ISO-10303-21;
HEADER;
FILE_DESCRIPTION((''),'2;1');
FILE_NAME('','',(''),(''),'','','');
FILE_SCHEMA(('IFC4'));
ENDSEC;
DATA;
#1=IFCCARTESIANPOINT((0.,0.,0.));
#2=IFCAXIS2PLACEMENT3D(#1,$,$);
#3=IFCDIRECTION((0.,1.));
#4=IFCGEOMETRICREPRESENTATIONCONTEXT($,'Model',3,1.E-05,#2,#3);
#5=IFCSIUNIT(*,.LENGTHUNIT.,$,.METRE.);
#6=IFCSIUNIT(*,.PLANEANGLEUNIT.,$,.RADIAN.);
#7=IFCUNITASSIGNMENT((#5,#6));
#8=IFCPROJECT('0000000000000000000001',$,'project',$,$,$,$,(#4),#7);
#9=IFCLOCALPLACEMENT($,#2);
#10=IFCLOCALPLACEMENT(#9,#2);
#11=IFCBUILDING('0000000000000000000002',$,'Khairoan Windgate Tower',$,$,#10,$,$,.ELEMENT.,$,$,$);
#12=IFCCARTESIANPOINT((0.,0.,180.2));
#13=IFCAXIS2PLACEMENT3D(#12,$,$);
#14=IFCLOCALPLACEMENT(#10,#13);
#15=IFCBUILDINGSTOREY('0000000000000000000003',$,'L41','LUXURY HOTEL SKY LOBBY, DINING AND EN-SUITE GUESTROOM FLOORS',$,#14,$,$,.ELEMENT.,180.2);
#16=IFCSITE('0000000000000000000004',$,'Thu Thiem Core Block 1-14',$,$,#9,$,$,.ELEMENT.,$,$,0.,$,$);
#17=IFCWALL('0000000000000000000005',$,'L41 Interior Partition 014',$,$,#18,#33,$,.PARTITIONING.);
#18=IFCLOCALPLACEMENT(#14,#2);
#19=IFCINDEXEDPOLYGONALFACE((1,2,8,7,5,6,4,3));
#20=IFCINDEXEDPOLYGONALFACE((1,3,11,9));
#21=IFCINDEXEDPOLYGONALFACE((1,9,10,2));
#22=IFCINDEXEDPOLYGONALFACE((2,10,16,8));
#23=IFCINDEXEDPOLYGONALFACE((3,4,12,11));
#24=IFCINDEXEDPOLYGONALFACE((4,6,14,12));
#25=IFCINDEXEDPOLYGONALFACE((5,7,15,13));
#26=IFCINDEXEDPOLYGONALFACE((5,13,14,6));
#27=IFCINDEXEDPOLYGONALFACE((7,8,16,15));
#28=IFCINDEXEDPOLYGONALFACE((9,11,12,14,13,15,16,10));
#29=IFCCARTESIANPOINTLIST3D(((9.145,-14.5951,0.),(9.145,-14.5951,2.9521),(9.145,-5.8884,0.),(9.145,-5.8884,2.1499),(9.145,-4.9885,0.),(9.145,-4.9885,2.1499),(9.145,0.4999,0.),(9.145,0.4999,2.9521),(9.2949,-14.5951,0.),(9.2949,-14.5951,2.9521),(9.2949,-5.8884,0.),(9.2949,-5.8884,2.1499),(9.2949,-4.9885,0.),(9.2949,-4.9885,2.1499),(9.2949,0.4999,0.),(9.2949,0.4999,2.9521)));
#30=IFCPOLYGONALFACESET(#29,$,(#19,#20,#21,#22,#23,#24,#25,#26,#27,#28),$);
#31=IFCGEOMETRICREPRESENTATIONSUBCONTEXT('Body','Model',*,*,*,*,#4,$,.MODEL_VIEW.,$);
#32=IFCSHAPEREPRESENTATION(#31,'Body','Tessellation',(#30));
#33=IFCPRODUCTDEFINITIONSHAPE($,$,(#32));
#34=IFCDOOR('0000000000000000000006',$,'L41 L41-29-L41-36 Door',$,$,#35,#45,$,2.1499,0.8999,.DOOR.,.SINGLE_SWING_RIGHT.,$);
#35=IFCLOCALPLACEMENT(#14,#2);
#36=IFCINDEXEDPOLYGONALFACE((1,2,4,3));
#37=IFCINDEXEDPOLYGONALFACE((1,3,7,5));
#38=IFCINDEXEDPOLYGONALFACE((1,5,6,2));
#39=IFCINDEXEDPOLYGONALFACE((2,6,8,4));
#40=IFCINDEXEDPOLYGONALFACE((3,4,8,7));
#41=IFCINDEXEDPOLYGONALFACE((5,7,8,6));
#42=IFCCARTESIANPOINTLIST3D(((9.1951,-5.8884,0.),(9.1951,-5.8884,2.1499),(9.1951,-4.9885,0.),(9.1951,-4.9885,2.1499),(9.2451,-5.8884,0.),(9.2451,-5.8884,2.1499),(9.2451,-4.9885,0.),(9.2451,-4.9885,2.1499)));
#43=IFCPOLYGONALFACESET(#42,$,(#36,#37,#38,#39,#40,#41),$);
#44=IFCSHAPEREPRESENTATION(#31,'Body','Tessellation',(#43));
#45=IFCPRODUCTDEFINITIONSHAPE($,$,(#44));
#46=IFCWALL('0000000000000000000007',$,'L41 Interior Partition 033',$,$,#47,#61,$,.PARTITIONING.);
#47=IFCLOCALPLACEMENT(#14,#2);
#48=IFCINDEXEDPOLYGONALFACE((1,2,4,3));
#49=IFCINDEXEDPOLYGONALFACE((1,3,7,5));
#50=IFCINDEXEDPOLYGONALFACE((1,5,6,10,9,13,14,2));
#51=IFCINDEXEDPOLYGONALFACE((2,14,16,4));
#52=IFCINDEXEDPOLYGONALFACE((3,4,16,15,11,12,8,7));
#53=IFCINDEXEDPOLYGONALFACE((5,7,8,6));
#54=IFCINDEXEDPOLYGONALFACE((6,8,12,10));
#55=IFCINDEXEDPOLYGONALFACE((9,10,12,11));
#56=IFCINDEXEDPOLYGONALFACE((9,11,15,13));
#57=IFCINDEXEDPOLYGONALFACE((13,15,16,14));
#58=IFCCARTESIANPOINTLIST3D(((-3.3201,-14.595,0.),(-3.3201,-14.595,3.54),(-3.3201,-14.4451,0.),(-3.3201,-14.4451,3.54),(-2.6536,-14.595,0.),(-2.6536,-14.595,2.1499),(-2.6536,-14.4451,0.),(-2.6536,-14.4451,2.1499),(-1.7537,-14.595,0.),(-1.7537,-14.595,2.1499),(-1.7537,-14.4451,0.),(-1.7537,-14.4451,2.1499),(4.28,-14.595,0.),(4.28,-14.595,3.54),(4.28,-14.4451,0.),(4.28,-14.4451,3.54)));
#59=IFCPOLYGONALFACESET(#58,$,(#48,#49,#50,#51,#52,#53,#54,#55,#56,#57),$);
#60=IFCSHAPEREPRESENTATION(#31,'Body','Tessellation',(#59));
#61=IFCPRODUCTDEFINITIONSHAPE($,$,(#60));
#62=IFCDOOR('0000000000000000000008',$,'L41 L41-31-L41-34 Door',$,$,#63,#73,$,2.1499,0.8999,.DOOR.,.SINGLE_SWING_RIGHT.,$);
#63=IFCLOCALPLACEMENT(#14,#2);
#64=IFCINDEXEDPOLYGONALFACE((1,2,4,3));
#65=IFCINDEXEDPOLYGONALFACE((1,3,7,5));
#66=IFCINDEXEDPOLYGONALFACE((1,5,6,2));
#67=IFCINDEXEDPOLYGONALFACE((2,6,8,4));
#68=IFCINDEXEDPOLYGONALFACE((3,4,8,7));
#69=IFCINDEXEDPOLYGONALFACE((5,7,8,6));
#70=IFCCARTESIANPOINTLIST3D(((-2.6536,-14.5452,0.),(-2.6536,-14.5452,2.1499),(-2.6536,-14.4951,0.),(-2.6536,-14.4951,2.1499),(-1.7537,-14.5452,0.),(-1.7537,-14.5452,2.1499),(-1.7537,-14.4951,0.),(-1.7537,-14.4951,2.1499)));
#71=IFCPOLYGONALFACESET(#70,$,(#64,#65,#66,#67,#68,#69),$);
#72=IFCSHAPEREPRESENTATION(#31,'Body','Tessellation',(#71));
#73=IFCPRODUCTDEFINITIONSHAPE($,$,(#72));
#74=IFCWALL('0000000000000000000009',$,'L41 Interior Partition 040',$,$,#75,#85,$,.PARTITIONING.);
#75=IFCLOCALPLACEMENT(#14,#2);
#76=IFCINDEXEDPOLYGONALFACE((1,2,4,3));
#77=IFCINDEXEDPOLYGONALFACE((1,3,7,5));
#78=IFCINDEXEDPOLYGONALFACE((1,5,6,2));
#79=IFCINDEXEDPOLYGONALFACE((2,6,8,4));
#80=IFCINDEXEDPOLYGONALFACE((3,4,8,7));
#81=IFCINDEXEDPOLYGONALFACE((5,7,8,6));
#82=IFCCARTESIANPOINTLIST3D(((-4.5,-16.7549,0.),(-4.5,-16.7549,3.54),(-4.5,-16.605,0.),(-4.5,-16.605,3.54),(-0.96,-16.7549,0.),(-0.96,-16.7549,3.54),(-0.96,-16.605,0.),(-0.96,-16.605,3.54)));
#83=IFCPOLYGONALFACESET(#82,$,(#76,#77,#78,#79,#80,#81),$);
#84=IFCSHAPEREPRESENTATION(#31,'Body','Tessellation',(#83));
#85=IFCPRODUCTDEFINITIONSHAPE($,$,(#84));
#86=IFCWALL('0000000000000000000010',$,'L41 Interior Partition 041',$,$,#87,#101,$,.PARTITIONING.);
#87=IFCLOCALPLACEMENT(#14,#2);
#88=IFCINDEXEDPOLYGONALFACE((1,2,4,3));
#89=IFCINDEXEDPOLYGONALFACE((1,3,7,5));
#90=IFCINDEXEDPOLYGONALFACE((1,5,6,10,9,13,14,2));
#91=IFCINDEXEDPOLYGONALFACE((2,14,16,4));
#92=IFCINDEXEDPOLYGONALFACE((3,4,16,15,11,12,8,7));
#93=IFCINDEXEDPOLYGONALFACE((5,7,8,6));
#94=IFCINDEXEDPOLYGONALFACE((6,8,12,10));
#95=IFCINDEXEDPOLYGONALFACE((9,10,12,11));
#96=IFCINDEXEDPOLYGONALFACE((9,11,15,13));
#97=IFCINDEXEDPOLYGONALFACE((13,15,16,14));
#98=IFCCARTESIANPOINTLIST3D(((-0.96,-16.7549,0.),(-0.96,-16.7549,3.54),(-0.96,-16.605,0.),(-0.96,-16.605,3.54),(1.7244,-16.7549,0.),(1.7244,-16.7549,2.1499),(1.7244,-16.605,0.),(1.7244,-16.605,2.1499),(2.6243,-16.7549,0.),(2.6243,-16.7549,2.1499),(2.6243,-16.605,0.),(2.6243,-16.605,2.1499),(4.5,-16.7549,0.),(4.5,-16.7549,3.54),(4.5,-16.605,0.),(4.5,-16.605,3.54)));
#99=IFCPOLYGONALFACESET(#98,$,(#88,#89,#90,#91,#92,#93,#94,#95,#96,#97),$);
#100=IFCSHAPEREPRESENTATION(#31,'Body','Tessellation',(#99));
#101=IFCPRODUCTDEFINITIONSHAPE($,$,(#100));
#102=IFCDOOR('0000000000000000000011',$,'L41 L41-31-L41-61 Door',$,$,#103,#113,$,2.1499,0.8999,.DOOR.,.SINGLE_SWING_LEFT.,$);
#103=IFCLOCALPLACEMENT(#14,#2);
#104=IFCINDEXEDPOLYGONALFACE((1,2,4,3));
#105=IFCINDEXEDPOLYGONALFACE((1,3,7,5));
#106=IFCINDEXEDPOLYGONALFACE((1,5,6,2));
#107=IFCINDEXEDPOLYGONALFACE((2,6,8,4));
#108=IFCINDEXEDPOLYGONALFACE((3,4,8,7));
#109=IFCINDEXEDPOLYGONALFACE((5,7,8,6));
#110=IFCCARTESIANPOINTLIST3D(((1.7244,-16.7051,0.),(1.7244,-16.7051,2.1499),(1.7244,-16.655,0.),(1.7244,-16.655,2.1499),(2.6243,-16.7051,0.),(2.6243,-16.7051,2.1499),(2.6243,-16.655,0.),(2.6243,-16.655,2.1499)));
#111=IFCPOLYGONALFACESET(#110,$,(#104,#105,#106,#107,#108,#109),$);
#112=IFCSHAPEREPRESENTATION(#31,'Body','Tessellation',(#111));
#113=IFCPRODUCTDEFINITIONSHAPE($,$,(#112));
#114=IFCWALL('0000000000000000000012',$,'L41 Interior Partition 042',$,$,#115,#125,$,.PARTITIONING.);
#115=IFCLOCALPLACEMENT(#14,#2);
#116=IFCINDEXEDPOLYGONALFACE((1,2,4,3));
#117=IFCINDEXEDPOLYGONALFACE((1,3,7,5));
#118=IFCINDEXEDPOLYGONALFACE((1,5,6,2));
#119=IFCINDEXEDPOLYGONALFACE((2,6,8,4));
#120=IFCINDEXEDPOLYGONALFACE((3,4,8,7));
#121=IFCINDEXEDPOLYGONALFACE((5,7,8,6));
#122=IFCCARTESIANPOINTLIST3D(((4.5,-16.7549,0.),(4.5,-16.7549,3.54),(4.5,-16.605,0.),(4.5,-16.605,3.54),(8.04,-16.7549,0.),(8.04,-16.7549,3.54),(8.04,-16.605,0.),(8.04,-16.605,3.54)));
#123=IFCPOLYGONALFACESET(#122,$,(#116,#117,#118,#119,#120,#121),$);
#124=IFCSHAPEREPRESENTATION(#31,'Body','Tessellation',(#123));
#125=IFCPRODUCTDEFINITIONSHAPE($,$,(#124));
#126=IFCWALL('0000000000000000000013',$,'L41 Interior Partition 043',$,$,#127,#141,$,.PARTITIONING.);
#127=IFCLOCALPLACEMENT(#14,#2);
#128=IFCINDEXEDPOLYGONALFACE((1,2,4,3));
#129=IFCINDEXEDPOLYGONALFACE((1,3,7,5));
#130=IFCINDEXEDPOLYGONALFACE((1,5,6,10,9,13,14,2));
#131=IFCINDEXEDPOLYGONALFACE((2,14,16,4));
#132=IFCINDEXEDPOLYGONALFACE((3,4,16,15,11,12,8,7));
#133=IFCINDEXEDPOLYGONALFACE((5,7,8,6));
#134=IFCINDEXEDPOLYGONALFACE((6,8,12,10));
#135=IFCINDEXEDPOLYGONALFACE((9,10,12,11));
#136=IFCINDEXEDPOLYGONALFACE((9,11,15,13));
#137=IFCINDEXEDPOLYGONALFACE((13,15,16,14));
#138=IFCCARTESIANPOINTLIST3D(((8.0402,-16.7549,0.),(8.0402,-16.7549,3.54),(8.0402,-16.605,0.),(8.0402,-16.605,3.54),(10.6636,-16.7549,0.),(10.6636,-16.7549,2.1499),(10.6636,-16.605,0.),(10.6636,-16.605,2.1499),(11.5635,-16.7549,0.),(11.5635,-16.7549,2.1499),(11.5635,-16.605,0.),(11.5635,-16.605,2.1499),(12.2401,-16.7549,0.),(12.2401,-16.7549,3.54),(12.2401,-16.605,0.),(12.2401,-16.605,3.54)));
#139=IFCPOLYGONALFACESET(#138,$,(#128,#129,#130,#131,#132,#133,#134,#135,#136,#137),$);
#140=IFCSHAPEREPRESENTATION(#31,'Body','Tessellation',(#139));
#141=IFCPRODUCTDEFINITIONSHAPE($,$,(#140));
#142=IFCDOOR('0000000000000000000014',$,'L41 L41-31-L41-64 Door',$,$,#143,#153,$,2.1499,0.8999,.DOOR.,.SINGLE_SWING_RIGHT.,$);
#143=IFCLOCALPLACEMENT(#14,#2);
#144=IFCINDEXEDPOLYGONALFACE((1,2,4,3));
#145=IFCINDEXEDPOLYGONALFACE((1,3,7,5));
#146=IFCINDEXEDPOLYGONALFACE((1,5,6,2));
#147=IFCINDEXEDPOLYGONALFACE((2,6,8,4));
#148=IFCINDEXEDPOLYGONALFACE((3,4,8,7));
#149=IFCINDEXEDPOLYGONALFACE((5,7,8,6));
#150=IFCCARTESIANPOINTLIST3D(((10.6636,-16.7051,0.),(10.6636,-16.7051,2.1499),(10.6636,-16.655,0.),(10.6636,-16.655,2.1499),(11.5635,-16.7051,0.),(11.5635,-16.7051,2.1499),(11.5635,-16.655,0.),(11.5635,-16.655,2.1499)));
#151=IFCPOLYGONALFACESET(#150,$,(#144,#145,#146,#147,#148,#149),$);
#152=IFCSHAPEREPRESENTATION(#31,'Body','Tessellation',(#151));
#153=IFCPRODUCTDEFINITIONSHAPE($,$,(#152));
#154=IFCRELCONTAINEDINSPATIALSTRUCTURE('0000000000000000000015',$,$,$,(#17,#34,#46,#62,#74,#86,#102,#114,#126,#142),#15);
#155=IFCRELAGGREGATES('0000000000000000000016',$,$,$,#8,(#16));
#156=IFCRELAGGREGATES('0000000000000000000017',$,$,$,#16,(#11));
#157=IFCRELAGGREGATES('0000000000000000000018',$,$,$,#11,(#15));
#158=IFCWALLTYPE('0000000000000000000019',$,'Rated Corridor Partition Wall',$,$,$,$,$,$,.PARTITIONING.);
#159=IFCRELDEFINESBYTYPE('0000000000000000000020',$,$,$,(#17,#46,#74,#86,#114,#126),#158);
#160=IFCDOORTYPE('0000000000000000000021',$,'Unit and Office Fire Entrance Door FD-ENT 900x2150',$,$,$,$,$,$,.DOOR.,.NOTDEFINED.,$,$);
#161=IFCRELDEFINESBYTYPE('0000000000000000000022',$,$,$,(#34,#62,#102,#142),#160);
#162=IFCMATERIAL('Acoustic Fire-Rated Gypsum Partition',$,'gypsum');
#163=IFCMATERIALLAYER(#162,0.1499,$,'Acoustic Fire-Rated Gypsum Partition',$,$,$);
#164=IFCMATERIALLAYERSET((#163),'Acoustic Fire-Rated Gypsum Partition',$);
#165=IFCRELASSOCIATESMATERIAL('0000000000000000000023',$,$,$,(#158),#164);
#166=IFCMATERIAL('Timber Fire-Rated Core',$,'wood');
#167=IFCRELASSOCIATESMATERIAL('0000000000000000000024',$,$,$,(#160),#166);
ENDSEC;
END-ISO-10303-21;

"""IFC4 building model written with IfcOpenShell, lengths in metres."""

from ifc_helpers import new_model, si_unit, direction, frame, frame_2d, origin, place, context, subcontext, project, spatial, rectangle, extrude, material, layer, layer_set, type_object, element, fill, save


model = new_model("IFC4")

# Units and contexts
model_context = context("Model", 3, precision=1e-05, world=origin(), true_north=direction((0.0, 1.0)))
body_context = subcontext(model_context, "Body", "Model", "MODEL_VIEW")
ifc_project = project(units=[si_unit("LENGTHUNIT", "METRE"), si_unit("PLANEANGLEUNIT", "RADIAN")], contexts=[model_context])

# Site, building, storey
site_placement = place(None, origin())
site = spatial("IfcSite", under=ifc_project, at=site_placement, Name="Thu Thiem Core Block 1-14", CompositionType="ELEMENT", RefElevation=0.0)
building_placement = place(site_placement, origin())
building = spatial("IfcBuilding", under=site, at=building_placement, Name="Khairoan Windgate Tower", CompositionType="ELEMENT")
storey_placement = place(building_placement, frame((0.0, 0.0, 180.2)))
storey = spatial("IfcBuildingStorey", under=building, at=storey_placement, Name="L41", Description="LUXURY HOTEL SKY LOBBY, DINING AND EN-SUITE GUESTROOM FLOORS", CompositionType="ELEMENT", Elevation=180.2)

# Walls, openings, doors
ifc_material_1 = material(Name="Acoustic Fire-Rated Gypsum Partition", Category="gypsum")
ifc_layer_1 = layer(ifc_material_1, 0.1499, Name="Acoustic Fire-Rated Gypsum Partition")
ifc_layer_set_1 = layer_set([ifc_layer_1], Name="Acoustic Fire-Rated Gypsum Partition")
wall_type_1 = type_object("IfcWallType", Name="Rated Corridor Partition Wall", PredefinedType="PARTITIONING", material=ifc_layer_set_1)
wall_1_placement = place(storey_placement, frame((9.22, -14.595, 0.0), z_axis=(0.0, 0.0, 1.0), x_axis=(0.0, 1.0, 0.0)))
wall_1 = element("IfcWall", 1, at=wall_1_placement, inside=storey, type_object=wall_type_1, Name="L41 Interior Partition 014", PredefinedType="PARTITIONING", context=body_context, shape_type="SweptSolid", body=[
    extrude(rectangle(XDim=15.095, YDim=0.1499, at=frame_2d((7.5474, 0.0))), origin(), (0.0, 0.0, 1.0), 2.9521),
])
opening_1_placement = place(wall_1_placement, frame((8.7065, 0.0, 0.0)))
opening_1 = element("IfcOpeningElement", 2, at=opening_1_placement, cuts=wall_1, PredefinedType="OPENING", context=body_context, shape_type="SweptSolid", body=[
    extrude(rectangle(XDim=0.8999, YDim=2.1499, at=frame_2d((0.45, 1.075))), frame((0.0, 0.085, 0.0), z_axis=(0.0, -1.0, 0.0), x_axis=(1.0, 0.0, 0.0)), (0.0, 0.0, 1.0), 0.1699),
])
ifc_material_2 = material(Name="Timber Fire-Rated Core", Category="wood")
door_type = type_object("IfcDoorType", Name="Unit and Office Fire Entrance Door FD-ENT 900x2150", OperationType="NOTDEFINED", PredefinedType="DOOR", material=ifc_material_2)
door_1_placement = place(opening_1_placement, origin())
door_1 = element("IfcDoor", 3, at=door_1_placement, inside=storey, type_object=door_type, Name="L41 L41-29-L41-36 Door", OperationType="SINGLE_SWING_RIGHT", OverallHeight=2.1499, OverallWidth=0.8999, PredefinedType="DOOR", context=body_context, shape_type="SweptSolid", body=[
    extrude(rectangle(XDim=0.8999, YDim=2.1499, at=frame_2d((0.45, 1.075))), frame((0.0, 0.0249, 0.0), z_axis=(0.0, -1.0, 0.0), x_axis=(1.0, 0.0, 0.0)), (0.0, 0.0, 1.0), 0.05),
])
fill(opening_1, door_1)
wall_2_placement = place(storey_placement, frame((-3.3201, -14.52, 0.0), z_axis=(0.0, 0.0, 1.0), x_axis=(1.0, 0.0, 0.0)))
wall_2 = element("IfcWall", 4, at=wall_2_placement, inside=storey, type_object=wall_type_1, Name="L41 Interior Partition 033", PredefinedType="PARTITIONING", context=body_context, shape_type="SweptSolid", body=[
    extrude(rectangle(XDim=7.6001, YDim=0.1499, at=frame_2d((3.8, 0.0))), origin(), (0.0, 0.0, 1.0), 3.54),
])
opening_2_placement = place(wall_2_placement, frame((0.6665, 0.0, 0.0)))
opening_2 = element("IfcOpeningElement", 5, at=opening_2_placement, cuts=wall_2, PredefinedType="OPENING", context=body_context, shape_type="SweptSolid", body=[
    extrude(rectangle(XDim=0.8999, YDim=2.1499, at=frame_2d((0.45, 1.075))), frame((0.0, 0.085, 0.0), z_axis=(0.0, -1.0, 0.0), x_axis=(1.0, 0.0, 0.0)), (0.0, 0.0, 1.0), 0.1699),
])
door_2_placement = place(opening_2_placement, origin())
door_2 = element("IfcDoor", 6, at=door_2_placement, inside=storey, type_object=door_type, Name="L41 L41-31-L41-34 Door", OperationType="SINGLE_SWING_RIGHT", OverallHeight=2.1499, OverallWidth=0.8999, PredefinedType="DOOR", context=body_context, shape_type="SweptSolid", body=[
    extrude(rectangle(XDim=0.8999, YDim=2.1499, at=frame_2d((0.45, 1.075))), frame((0.0, 0.0249, 0.0), z_axis=(0.0, -1.0, 0.0), x_axis=(1.0, 0.0, 0.0)), (0.0, 0.0, 1.0), 0.05),
])
fill(opening_2, door_2)

# Wall
wall_3_placement = place(storey_placement, frame((-4.5, -16.6799, 0.0), z_axis=(0.0, 0.0, 1.0), x_axis=(1.0, 0.0, 0.0)))
element("IfcWall", 7, at=wall_3_placement, inside=storey, type_object=wall_type_1, Name="L41 Interior Partition 040", PredefinedType="PARTITIONING", context=body_context, shape_type="SweptSolid", body=[
    extrude(rectangle(XDim=3.54, YDim=0.1499, at=frame_2d((1.77, 0.0))), origin(), (0.0, 0.0, 1.0), 3.54),
])

# Wall, opening, door
wall_4_placement = place(storey_placement, frame((-0.96, -16.6799, 0.0), z_axis=(0.0, 0.0, 1.0), x_axis=(1.0, 0.0, 0.0)))
wall_4 = element("IfcWall", 8, at=wall_4_placement, inside=storey, type_object=wall_type_1, Name="L41 Interior Partition 041", PredefinedType="PARTITIONING", context=body_context, shape_type="SweptSolid", body=[
    extrude(rectangle(XDim=5.46, YDim=0.1499, at=frame_2d((2.73, 0.0))), origin(), (0.0, 0.0, 1.0), 3.54),
])
opening_3_placement = place(wall_4_placement, frame((2.6843, 0.0, 0.0)))
opening_3 = element("IfcOpeningElement", 9, at=opening_3_placement, cuts=wall_4, PredefinedType="OPENING", context=body_context, shape_type="SweptSolid", body=[
    extrude(rectangle(XDim=0.8999, YDim=2.1499, at=frame_2d((0.45, 1.075))), frame((0.0, 0.085, 0.0), z_axis=(0.0, -1.0, 0.0), x_axis=(1.0, 0.0, 0.0)), (0.0, 0.0, 1.0), 0.1699),
])
door_3_placement = place(opening_3_placement, origin())
door_3 = element("IfcDoor", 10, at=door_3_placement, inside=storey, type_object=door_type, Name="L41 L41-31-L41-61 Door", OperationType="SINGLE_SWING_LEFT", OverallHeight=2.1499, OverallWidth=0.8999, PredefinedType="DOOR", context=body_context, shape_type="SweptSolid", body=[
    extrude(rectangle(XDim=0.8999, YDim=2.1499, at=frame_2d((0.45, 1.075))), frame((0.0, 0.0249, 0.0), z_axis=(0.0, -1.0, 0.0), x_axis=(1.0, 0.0, 0.0)), (0.0, 0.0, 1.0), 0.05),
])
fill(opening_3, door_3)

# Wall
wall_5_placement = place(storey_placement, frame((4.5, -16.6799, 0.0), z_axis=(0.0, 0.0, 1.0), x_axis=(1.0, 0.0, 0.0)))
element("IfcWall", 11, at=wall_5_placement, inside=storey, type_object=wall_type_1, Name="L41 Interior Partition 042", PredefinedType="PARTITIONING", context=body_context, shape_type="SweptSolid", body=[
    extrude(rectangle(XDim=3.54, YDim=0.1499, at=frame_2d((1.77, 0.0))), origin(), (0.0, 0.0, 1.0), 3.54),
])

# Wall, opening, door
wall_6_placement = place(storey_placement, frame((8.04, -16.6799, 0.0), z_axis=(0.0, 0.0, 1.0), x_axis=(1.0, 0.0, 0.0)))
wall_6 = element("IfcWall", 12, at=wall_6_placement, inside=storey, type_object=wall_type_1, Name="L41 Interior Partition 043", PredefinedType="PARTITIONING", context=body_context, shape_type="SweptSolid", body=[
    extrude(rectangle(XDim=4.2, YDim=0.1499, at=frame_2d((2.1001, 0.0))), origin(), (0.0, 0.0, 1.0), 3.54),
])
opening_4_placement = place(wall_6_placement, frame((2.6235, 0.0, 0.0)))
opening_4 = element("IfcOpeningElement", 13, at=opening_4_placement, cuts=wall_6, PredefinedType="OPENING", context=body_context, shape_type="SweptSolid", body=[
    extrude(rectangle(XDim=0.8999, YDim=2.1499, at=frame_2d((0.45, 1.075))), frame((0.0, 0.085, 0.0), z_axis=(0.0, -1.0, 0.0), x_axis=(1.0, 0.0, 0.0)), (0.0, 0.0, 1.0), 0.1699),
])
door_4_placement = place(opening_4_placement, origin())
door_4 = element("IfcDoor", 14, at=door_4_placement, inside=storey, type_object=door_type, Name="L41 L41-31-L41-64 Door", OperationType="SINGLE_SWING_RIGHT", OverallHeight=2.1499, OverallWidth=0.8999, PredefinedType="DOOR", context=body_context, shape_type="SweptSolid", body=[
    extrude(rectangle(XDim=0.8999, YDim=2.1499, at=frame_2d((0.45, 1.075))), frame((0.0, 0.0249, 0.0), z_axis=(0.0, -1.0, 0.0), x_axis=(1.0, 0.0, 0.0)), (0.0, 0.0, 1.0), 0.05),
])
fill(opening_4, door_4)

save(model, "model.ifc")
